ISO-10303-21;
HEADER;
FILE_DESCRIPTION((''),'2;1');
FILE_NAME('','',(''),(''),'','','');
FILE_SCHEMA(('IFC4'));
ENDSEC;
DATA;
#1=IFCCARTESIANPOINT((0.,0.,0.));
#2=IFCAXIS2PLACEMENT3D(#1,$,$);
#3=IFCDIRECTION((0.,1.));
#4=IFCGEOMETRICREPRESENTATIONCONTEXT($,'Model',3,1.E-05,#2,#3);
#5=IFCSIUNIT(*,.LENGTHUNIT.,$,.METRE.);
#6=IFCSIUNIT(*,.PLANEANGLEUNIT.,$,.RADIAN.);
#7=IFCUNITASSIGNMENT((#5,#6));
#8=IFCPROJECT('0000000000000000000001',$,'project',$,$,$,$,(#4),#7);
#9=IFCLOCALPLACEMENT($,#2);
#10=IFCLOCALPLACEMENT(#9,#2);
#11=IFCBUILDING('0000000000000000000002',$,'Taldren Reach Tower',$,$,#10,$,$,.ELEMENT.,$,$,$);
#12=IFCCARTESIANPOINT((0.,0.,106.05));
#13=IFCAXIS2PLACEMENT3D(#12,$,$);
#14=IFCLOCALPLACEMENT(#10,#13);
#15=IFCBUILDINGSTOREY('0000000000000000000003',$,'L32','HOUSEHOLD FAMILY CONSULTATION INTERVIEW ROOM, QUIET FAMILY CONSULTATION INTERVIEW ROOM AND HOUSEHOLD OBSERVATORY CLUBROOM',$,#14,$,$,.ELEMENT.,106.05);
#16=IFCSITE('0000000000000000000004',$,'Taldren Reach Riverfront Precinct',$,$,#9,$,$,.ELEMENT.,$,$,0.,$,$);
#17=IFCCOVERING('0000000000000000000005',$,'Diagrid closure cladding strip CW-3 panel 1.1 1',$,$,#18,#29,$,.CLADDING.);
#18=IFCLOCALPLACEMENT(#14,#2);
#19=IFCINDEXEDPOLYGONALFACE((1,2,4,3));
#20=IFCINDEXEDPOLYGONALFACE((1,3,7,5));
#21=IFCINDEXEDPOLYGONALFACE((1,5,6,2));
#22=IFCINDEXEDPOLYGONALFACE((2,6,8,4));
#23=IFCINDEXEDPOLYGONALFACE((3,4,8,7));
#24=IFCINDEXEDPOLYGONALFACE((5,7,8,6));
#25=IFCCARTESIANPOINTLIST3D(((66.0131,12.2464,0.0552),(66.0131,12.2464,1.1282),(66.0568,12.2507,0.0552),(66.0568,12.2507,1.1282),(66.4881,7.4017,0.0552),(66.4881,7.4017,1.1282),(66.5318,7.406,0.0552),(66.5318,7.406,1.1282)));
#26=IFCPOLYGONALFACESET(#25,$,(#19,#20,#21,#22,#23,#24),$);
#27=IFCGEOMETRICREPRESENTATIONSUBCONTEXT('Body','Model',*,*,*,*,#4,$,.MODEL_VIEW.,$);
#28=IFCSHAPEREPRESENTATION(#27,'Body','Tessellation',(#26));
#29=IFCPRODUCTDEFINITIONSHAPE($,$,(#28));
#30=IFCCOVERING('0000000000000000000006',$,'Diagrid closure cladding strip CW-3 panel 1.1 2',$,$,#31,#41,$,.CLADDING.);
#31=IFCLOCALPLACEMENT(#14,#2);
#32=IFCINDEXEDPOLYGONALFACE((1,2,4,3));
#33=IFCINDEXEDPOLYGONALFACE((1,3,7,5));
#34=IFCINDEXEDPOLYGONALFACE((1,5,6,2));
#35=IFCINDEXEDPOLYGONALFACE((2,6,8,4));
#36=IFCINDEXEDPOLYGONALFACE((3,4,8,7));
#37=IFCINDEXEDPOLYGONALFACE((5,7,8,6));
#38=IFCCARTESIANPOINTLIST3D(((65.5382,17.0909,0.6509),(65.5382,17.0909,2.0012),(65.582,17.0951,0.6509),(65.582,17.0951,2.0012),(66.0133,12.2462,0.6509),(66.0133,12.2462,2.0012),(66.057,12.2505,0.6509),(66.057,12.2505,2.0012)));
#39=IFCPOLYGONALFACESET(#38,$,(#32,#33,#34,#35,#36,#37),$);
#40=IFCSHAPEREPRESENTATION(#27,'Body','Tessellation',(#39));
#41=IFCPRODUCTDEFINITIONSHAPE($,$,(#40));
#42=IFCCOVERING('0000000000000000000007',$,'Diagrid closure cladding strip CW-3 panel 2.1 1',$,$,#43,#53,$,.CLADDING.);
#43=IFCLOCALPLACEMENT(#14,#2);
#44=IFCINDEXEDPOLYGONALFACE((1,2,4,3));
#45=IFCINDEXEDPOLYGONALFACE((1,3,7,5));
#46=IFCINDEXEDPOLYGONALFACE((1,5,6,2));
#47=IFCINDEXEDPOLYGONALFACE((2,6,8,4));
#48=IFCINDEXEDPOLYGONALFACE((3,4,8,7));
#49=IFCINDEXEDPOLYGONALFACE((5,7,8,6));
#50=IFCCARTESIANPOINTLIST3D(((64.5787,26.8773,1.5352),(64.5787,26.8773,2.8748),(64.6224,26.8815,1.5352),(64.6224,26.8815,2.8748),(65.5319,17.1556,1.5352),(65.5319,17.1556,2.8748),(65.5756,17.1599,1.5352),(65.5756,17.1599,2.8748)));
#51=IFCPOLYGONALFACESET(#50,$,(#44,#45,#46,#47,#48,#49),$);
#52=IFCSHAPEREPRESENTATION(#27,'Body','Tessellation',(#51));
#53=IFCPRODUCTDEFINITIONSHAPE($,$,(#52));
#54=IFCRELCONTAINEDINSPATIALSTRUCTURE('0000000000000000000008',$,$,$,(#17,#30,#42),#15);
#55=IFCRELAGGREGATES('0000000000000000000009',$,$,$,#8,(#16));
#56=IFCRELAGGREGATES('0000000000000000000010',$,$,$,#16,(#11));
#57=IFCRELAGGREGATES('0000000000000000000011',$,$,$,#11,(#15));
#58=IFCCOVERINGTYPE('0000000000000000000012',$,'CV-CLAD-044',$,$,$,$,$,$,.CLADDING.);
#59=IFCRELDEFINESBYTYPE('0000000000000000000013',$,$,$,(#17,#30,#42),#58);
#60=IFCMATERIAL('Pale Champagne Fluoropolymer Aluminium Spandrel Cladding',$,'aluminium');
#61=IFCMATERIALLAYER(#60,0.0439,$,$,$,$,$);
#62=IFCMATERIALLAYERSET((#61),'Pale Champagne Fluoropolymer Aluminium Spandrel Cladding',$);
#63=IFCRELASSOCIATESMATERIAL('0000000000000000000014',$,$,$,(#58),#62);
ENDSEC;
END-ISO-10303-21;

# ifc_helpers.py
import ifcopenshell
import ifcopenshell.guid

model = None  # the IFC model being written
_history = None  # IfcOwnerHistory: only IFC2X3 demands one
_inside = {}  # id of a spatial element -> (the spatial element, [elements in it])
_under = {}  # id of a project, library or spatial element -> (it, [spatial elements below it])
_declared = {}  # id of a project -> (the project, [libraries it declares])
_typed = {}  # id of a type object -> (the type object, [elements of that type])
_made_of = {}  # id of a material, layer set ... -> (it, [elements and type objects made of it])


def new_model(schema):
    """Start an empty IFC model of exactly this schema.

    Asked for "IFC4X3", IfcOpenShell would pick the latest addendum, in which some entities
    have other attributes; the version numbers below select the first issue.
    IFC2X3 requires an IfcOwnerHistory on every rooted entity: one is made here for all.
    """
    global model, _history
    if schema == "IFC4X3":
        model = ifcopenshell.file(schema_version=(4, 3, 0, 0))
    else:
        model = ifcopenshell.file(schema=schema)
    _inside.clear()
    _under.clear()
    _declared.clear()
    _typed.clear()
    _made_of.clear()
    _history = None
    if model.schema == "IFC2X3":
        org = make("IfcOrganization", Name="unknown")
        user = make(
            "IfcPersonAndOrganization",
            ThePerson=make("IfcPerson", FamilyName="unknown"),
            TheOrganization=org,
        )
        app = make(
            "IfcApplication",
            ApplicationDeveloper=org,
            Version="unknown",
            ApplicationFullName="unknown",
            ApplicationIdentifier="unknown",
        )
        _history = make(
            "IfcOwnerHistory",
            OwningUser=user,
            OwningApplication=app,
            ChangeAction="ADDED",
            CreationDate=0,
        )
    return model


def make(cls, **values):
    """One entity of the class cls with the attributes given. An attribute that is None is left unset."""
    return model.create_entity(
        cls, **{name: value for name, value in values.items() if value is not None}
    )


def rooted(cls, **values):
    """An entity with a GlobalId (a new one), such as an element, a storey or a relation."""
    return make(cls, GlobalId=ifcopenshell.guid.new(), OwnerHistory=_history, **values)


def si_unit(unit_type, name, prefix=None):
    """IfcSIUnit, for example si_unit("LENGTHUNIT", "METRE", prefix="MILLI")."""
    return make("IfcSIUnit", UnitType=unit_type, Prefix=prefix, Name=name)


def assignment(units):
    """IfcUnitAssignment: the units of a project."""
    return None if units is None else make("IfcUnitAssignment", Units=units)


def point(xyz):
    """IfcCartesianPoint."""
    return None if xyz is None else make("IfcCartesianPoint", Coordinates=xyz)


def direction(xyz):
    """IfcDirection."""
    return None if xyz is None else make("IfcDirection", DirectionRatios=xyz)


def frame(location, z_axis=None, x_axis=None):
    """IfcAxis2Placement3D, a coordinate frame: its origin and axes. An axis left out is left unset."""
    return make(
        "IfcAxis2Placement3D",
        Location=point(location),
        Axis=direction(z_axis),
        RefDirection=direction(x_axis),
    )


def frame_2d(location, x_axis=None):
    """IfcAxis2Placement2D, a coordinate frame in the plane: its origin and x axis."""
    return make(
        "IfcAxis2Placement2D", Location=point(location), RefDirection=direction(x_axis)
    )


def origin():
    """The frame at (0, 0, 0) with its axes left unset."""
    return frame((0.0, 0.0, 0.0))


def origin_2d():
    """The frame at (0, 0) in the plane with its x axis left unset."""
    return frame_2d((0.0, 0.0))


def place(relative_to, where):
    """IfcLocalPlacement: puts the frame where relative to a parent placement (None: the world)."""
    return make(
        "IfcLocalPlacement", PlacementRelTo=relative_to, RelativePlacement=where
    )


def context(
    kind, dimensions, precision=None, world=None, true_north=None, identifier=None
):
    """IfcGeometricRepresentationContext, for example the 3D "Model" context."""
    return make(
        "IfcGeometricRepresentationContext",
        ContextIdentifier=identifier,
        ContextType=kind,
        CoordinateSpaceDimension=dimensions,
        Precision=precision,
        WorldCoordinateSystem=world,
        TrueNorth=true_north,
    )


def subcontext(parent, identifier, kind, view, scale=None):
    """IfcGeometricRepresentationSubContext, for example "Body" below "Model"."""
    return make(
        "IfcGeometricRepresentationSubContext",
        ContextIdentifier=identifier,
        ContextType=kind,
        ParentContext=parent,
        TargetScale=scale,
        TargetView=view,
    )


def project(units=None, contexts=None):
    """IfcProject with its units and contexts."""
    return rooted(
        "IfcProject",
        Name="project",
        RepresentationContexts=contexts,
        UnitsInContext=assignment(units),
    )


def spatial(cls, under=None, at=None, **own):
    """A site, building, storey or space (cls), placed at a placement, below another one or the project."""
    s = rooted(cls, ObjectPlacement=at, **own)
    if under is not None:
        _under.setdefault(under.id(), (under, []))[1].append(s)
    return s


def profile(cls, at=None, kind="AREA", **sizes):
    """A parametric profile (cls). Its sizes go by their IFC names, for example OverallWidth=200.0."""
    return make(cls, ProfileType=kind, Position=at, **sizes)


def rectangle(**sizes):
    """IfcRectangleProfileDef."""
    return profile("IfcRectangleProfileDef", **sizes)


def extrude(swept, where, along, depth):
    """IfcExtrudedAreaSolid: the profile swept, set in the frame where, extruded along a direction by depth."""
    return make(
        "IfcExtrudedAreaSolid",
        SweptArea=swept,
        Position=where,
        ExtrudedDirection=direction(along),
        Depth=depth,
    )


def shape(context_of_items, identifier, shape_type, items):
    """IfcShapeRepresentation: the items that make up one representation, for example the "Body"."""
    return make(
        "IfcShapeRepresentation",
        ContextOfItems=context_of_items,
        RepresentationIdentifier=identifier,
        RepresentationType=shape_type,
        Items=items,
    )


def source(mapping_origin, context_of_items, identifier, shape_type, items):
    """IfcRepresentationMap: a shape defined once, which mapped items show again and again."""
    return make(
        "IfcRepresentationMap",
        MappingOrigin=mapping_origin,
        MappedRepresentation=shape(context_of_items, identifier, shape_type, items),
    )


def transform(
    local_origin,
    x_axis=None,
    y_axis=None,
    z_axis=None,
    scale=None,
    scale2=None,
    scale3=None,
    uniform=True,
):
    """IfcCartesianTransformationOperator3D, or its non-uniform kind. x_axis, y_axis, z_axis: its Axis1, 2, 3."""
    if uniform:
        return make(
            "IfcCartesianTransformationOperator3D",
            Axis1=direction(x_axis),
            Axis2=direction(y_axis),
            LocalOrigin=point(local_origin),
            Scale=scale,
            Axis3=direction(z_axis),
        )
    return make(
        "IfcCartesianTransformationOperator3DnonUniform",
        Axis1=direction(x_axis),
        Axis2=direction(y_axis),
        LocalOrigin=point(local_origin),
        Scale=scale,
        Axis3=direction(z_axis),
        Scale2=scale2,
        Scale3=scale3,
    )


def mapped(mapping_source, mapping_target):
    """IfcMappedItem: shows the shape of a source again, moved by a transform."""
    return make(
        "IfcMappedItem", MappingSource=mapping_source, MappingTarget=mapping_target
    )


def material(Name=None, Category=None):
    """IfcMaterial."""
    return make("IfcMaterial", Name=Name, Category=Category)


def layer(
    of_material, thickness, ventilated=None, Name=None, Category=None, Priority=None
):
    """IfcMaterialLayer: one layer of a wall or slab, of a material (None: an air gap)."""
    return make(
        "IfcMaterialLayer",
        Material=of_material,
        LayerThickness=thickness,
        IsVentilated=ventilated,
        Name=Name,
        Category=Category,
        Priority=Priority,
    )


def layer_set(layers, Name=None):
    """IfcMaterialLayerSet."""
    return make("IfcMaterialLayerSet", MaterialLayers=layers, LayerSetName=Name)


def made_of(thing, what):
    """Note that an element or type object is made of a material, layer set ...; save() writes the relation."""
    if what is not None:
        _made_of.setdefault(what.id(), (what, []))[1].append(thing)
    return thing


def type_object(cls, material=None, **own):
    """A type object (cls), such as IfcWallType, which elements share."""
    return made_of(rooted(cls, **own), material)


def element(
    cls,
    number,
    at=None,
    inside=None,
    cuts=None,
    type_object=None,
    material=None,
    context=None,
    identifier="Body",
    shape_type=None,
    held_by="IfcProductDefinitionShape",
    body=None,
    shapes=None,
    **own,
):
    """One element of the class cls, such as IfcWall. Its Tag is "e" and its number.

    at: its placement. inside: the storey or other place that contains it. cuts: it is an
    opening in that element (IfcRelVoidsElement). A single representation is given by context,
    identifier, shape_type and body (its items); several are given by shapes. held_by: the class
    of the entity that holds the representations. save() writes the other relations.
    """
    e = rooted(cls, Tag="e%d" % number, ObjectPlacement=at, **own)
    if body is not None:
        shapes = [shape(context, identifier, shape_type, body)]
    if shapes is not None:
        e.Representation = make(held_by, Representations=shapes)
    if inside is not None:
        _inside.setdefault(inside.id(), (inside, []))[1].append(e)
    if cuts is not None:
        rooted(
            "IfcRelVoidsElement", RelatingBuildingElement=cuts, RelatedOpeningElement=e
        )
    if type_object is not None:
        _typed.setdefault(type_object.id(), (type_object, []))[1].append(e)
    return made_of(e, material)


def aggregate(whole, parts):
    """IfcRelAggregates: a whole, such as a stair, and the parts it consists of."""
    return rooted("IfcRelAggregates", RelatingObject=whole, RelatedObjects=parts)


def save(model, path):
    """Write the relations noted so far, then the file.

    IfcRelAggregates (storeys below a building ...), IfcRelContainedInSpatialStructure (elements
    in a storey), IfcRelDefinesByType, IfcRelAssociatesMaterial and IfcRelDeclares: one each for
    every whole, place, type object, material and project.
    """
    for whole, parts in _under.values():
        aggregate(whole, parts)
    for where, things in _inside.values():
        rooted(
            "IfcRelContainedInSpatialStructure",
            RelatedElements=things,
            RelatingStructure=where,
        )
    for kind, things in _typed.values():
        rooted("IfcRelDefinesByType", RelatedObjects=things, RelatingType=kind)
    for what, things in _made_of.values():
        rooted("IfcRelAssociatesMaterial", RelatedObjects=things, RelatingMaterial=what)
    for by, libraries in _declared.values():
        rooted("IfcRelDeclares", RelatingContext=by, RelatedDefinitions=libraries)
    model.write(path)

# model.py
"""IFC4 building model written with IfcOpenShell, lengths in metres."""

from ifc_helpers import new_model, si_unit, direction, frame, origin, origin_2d, place, context, subcontext, project, spatial, rectangle, extrude, source, transform, mapped, material, layer, layer_set, type_object, element, save


model = new_model("IFC4")

# Units and contexts
model_context = context("Model", 3, precision=1e-05, world=origin(), true_north=direction((0.0, 1.0)))
body_context = subcontext(model_context, "Body", "Model", "MODEL_VIEW")
ifc_project = project(units=[si_unit("LENGTHUNIT", "METRE"), si_unit("PLANEANGLEUNIT", "RADIAN")], contexts=[model_context])

# Site, building, storey
site_placement = place(None, origin())
site = spatial("IfcSite", under=ifc_project, at=site_placement, Name="Taldren Reach Riverfront Precinct", CompositionType="ELEMENT", RefElevation=0.0)
building_placement = place(site_placement, origin())
building = spatial("IfcBuilding", under=site, at=building_placement, Name="Taldren Reach Tower", CompositionType="ELEMENT")
storey_placement = place(building_placement, frame((0.0, 0.0, 106.05)))
storey = spatial("IfcBuildingStorey", under=building, at=storey_placement, Name="L32", Description="HOUSEHOLD FAMILY CONSULTATION INTERVIEW ROOM, QUIET FAMILY CONSULTATION INTERVIEW ROOM AND HOUSEHOLD OBSERVATORY CLUBROOM", CompositionType="ELEMENT", Elevation=106.05)

# Coverings
ifc_material_1 = material(Name="Pale Champagne Fluoropolymer Aluminium Spandrel Cladding", Category="aluminium")
ifc_layer_1 = layer(ifc_material_1, 0.0439)
ifc_layer_set_1 = layer_set([ifc_layer_1], Name="Pale Champagne Fluoropolymer Aluminium Spandrel Cladding")
covering_type = type_object("IfcCoveringType", Name="CV-CLAD-044", PredefinedType="CLADDING", material=ifc_layer_set_1)
shared_shape_1 = source(origin(), body_context, "Body", "SweptSolid", [
    extrude(rectangle(XDim=4.8679, YDim=0.0439, at=origin_2d()), origin(), (0.0, 0.0, 1.0), 1.073),
])
covering_1_placement = place(storey_placement, frame((66.2725, 9.8262, 0.0552), z_axis=(0.0, 0.0, 1.0), x_axis=(-0.097583, 0.995227, 0.0)))
element("IfcCovering", 1, at=covering_1_placement, inside=storey, type_object=covering_type, Name="Diagrid closure cladding strip CW-3 panel 1.1 1", PredefinedType="CLADDING", context=body_context, shape_type="MappedRepresentation", body=[
    mapped(shared_shape_1, transform((0.0, 0.0, 0.0), scale=1.0)),
])
shared_shape_2 = source(origin(), body_context, "Body", "SweptSolid", [
    extrude(rectangle(XDim=4.8679, YDim=0.0439, at=origin_2d()), origin(), (0.0, 0.0, 1.0), 1.3503),
])
covering_2_placement = place(storey_placement, frame((65.7976, 14.6707, 0.6509), z_axis=(0.0, 0.0, 1.0), x_axis=(-0.097583, 0.995227, 0.0)))
element("IfcCovering", 2, at=covering_2_placement, inside=storey, type_object=covering_type, Name="Diagrid closure cladding strip CW-3 panel 1.1 2", PredefinedType="CLADDING", context=body_context, shape_type="MappedRepresentation", body=[
    mapped(shared_shape_2, transform((0.0, 0.0, 0.0), scale=1.0)),
])
shared_shape_3 = source(origin(), body_context, "Body", "SweptSolid", [
    extrude(rectangle(XDim=9.7683, YDim=0.0439, at=origin_2d()), origin(), (0.0, 0.0, 1.0), 1.3396),
])
covering_3_placement = place(storey_placement, frame((65.0771, 22.0186, 1.5352), z_axis=(0.0, 0.0, 1.0), x_axis=(-0.097583, 0.995227, 0.0)))
element("IfcCovering", 3, at=covering_3_placement, inside=storey, type_object=covering_type, Name="Diagrid closure cladding strip CW-3 panel 2.1 1", PredefinedType="CLADDING", context=body_context, shape_type="MappedRepresentation", body=[
    mapped(shared_shape_3, transform((0.0, 0.0, 0.0), scale=1.0)),
])

save(model, "model.ifc")
